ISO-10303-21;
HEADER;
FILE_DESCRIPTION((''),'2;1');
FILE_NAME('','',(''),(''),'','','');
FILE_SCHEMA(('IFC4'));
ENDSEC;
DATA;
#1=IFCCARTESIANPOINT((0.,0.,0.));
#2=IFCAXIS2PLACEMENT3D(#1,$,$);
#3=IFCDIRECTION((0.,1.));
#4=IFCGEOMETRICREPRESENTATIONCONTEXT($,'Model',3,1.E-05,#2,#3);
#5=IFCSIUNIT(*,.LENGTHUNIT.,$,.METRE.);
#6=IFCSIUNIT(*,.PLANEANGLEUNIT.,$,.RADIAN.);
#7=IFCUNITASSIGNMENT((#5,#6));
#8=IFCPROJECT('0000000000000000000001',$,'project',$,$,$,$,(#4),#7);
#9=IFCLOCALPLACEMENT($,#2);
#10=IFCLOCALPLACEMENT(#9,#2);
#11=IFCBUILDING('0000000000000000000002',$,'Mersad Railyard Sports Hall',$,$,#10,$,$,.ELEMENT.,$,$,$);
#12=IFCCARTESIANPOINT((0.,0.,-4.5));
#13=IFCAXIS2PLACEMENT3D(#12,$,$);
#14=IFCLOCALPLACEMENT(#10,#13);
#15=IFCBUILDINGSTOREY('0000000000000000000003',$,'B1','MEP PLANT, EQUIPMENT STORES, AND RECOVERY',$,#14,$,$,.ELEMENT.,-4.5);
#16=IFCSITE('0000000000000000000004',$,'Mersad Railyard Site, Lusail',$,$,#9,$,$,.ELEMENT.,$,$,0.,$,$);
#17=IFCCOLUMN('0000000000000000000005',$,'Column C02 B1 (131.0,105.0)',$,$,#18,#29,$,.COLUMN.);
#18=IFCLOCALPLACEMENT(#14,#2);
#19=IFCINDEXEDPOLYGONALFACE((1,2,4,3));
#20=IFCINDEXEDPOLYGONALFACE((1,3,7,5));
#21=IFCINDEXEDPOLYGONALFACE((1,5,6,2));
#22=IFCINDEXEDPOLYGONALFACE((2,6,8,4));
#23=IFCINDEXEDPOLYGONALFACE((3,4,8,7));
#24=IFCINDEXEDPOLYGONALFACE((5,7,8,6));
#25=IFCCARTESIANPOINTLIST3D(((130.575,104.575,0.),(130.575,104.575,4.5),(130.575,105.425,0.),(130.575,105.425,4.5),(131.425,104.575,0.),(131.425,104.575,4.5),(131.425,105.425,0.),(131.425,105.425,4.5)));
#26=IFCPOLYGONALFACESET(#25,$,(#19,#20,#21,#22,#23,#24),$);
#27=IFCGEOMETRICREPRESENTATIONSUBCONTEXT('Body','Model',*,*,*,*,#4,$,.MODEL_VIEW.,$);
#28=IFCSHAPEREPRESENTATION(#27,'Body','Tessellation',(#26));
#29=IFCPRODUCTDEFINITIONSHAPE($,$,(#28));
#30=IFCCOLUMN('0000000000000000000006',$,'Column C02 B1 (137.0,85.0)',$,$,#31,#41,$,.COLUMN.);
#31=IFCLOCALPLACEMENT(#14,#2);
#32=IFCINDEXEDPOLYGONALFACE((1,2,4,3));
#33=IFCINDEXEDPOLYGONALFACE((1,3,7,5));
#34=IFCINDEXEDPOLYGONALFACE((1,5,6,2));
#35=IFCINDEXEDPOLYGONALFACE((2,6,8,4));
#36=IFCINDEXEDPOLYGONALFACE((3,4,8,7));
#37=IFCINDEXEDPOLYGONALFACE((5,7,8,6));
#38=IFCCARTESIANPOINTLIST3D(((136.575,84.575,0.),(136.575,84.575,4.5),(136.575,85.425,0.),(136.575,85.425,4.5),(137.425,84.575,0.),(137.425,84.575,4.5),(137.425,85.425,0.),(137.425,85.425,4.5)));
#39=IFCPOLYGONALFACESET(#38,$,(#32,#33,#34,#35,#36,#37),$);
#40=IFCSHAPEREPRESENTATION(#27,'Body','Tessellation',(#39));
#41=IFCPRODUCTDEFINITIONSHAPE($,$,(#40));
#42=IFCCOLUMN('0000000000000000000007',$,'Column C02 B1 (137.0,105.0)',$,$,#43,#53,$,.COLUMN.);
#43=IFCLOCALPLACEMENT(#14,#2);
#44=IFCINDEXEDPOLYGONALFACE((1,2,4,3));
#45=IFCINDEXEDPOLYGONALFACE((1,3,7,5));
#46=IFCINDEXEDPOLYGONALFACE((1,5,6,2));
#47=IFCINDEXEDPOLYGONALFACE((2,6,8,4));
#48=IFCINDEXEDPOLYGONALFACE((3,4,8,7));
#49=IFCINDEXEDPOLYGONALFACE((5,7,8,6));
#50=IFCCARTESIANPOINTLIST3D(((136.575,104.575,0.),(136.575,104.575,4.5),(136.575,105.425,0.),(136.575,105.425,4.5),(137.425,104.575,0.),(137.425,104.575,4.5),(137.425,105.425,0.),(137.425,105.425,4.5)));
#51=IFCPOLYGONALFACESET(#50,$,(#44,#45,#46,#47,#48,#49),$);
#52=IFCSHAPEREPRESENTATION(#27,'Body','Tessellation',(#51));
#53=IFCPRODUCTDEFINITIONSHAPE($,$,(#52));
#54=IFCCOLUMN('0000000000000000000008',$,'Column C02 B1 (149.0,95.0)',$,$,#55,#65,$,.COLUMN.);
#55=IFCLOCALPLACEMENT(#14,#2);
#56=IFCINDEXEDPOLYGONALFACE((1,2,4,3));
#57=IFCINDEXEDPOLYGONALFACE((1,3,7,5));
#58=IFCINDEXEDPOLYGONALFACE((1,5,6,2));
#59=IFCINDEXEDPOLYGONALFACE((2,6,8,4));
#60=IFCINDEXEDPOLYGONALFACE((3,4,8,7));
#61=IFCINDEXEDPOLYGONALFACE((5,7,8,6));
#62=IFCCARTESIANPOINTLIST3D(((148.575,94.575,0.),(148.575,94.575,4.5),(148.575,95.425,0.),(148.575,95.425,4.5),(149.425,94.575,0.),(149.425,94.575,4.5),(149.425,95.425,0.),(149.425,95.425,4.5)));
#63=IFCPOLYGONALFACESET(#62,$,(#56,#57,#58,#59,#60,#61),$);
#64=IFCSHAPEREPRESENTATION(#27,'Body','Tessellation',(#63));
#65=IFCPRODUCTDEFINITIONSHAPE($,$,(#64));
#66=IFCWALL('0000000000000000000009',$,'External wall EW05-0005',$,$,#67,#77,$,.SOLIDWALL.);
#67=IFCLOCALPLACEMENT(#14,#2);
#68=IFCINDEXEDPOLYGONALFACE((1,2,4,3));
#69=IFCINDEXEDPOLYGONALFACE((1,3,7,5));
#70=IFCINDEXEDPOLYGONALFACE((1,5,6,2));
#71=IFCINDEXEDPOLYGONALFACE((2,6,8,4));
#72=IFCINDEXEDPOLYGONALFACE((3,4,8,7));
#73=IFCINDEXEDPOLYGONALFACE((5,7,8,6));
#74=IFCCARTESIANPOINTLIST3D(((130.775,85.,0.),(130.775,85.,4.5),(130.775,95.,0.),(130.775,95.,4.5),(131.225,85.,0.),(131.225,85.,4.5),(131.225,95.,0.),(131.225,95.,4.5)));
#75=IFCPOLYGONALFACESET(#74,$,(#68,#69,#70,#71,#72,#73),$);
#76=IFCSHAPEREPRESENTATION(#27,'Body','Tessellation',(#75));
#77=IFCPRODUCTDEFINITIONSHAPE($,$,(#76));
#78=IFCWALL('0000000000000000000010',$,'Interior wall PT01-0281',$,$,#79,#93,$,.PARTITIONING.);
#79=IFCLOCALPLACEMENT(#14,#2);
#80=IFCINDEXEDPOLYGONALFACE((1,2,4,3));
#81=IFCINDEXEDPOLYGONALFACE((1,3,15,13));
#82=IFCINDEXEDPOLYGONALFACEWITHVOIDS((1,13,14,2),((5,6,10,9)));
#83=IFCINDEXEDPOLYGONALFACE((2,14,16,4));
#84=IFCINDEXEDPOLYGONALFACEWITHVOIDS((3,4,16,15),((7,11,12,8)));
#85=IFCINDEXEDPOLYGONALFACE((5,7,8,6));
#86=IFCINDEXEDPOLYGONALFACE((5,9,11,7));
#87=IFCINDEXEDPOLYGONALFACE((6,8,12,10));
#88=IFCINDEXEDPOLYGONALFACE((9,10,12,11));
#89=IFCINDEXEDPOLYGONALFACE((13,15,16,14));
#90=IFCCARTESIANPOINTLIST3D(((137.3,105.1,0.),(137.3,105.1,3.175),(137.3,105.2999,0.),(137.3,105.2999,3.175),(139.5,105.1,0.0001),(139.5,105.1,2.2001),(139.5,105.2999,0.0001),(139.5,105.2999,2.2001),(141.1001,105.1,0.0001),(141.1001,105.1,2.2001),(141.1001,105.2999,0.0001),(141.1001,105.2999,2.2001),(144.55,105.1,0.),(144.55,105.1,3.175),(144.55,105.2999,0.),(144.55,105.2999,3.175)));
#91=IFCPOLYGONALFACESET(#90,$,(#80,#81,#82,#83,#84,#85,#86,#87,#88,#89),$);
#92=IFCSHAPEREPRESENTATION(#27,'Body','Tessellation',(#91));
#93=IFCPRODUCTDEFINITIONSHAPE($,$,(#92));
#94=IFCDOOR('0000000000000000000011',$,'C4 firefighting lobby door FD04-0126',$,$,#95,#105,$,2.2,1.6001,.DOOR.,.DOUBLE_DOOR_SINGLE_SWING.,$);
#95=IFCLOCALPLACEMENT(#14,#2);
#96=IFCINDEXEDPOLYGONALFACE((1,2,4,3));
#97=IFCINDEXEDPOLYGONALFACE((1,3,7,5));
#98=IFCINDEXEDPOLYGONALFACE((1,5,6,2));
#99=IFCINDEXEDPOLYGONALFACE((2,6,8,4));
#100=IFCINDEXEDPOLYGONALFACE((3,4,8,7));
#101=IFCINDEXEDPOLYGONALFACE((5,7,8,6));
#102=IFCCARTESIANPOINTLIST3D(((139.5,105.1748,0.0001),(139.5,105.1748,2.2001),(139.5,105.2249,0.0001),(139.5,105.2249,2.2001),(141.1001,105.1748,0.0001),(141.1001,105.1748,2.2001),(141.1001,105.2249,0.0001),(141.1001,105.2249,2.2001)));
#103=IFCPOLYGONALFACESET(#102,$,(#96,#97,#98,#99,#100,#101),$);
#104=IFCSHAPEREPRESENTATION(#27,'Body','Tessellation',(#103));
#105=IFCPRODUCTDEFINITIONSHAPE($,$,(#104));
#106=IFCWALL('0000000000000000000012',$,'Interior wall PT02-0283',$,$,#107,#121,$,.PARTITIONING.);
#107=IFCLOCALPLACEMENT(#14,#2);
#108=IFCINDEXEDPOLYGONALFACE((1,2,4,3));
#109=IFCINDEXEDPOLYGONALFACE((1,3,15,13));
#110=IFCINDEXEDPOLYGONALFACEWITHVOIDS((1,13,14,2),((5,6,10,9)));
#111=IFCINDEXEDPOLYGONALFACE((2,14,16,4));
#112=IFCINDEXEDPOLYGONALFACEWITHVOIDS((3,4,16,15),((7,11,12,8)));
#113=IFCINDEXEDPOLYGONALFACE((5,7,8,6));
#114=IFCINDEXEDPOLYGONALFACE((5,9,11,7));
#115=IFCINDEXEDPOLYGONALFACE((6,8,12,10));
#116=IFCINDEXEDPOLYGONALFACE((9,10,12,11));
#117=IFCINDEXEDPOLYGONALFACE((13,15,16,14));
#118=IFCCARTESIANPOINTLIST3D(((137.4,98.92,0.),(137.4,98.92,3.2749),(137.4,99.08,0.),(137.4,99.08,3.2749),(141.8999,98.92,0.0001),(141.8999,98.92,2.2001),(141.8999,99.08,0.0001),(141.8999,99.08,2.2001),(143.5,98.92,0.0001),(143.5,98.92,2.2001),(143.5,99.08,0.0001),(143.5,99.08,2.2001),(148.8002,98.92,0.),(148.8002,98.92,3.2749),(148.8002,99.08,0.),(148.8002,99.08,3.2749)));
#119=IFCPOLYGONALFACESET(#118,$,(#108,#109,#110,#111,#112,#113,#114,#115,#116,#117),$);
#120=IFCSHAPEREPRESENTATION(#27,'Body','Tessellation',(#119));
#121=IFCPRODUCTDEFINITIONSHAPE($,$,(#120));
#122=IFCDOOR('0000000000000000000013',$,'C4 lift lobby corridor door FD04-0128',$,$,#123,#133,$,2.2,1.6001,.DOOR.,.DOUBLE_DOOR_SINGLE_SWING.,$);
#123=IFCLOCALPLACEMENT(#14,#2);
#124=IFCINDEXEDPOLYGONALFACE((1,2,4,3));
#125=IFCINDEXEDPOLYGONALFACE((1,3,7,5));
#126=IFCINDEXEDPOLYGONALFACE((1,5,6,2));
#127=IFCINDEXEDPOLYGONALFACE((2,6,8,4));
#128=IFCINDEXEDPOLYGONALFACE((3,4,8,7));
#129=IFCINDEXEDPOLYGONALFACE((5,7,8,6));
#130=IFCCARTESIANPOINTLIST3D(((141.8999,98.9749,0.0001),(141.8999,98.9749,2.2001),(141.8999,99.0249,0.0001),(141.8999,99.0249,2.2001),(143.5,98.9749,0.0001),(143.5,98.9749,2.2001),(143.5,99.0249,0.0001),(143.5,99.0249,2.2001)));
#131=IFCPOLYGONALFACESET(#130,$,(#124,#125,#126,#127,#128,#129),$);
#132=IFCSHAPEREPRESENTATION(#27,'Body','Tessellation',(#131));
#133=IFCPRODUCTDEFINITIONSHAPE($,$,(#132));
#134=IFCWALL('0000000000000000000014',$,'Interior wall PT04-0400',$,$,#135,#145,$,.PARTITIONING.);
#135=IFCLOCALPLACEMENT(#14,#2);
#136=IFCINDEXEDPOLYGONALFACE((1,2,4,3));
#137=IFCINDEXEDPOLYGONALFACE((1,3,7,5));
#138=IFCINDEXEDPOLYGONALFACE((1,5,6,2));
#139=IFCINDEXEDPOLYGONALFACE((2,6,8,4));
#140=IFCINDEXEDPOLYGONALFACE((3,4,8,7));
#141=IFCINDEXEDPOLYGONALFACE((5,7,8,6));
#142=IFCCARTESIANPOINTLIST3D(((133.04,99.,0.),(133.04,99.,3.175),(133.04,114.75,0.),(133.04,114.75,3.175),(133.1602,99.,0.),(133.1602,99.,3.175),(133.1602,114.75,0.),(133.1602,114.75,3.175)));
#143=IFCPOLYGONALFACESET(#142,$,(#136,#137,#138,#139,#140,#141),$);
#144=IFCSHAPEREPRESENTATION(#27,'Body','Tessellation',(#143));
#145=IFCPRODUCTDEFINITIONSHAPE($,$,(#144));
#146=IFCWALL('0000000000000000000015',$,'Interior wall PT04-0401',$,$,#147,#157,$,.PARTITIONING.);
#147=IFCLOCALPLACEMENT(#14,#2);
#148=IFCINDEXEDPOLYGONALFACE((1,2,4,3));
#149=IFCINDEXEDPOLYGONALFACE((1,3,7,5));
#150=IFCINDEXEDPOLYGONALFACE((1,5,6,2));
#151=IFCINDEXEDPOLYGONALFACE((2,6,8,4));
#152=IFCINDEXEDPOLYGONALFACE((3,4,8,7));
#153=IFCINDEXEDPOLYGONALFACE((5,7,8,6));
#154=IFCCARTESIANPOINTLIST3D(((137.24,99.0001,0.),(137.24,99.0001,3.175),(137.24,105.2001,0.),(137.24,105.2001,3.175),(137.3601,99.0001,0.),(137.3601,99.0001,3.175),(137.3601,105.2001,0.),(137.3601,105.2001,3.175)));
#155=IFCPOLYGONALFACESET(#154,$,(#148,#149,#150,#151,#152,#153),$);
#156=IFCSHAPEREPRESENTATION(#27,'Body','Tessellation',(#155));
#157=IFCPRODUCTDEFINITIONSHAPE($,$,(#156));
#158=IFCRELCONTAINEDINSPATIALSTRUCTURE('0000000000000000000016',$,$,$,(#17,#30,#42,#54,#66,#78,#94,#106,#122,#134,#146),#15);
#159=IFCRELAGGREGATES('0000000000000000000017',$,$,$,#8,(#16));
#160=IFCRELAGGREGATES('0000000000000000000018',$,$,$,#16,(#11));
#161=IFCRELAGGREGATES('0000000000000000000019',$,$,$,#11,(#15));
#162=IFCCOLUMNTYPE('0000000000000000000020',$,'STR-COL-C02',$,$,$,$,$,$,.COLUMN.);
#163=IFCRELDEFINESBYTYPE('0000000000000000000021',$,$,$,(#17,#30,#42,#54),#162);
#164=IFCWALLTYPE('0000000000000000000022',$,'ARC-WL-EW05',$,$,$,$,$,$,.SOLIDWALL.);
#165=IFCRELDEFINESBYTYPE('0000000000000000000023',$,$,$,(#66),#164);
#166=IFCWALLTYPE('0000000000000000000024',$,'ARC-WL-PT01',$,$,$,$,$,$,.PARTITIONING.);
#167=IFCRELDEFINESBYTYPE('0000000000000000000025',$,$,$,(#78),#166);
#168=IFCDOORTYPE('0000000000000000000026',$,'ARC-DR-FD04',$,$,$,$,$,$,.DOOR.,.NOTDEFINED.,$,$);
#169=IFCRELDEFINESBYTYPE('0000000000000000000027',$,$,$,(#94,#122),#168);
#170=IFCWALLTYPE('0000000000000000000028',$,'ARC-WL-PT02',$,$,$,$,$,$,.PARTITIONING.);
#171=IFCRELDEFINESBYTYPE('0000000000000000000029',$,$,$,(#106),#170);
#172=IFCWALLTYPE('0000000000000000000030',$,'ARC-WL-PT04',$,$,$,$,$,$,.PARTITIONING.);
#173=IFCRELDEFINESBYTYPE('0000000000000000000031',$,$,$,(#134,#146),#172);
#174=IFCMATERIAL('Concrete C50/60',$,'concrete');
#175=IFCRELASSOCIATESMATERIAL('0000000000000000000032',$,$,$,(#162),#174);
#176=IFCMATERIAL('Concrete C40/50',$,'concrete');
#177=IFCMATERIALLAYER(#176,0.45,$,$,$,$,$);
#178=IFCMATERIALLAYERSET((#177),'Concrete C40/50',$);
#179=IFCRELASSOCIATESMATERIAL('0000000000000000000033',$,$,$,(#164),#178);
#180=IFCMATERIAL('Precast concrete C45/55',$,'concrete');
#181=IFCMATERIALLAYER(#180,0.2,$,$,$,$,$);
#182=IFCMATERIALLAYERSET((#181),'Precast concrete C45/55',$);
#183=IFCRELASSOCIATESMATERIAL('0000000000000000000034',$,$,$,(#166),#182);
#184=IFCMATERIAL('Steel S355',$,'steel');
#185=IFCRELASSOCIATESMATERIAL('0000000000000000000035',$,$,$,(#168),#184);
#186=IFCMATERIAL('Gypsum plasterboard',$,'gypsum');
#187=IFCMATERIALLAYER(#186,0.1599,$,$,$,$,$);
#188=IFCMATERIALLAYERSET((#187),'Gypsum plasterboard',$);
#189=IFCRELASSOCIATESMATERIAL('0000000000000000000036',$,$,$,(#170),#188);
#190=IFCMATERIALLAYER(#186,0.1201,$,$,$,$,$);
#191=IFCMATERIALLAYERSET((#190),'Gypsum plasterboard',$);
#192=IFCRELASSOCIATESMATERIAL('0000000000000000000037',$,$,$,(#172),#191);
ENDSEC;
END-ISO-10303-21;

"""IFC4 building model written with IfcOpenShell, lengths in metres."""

from ifc_helpers import new_model, si_unit, direction, frame, frame_2d, origin, origin_2d, place, context, subcontext, project, spatial, rectangle, extrude, material, layer, layer_set, material_profile, profile_set, type_object, element, fill, save


model = new_model("IFC4")

# Units and contexts
model_context = context("Model", 3, precision=1e-05, world=origin(), true_north=direction((0.0, 1.0)))
body_context = subcontext(model_context, "Body", "Model", "MODEL_VIEW")
ifc_project = project(units=[si_unit("LENGTHUNIT", "METRE"), si_unit("PLANEANGLEUNIT", "RADIAN")], contexts=[model_context])

# Site, building, storey
site_placement = place(None, origin())
site = spatial("IfcSite", under=ifc_project, at=site_placement, Name="Mersad Railyard Site, Lusail", CompositionType="ELEMENT", RefElevation=0.0)
building_placement = place(site_placement, origin())
building = spatial("IfcBuilding", under=site, at=building_placement, Name="Mersad Railyard Sports Hall", CompositionType="ELEMENT")
storey_placement = place(building_placement, frame((0.0, 0.0, -4.5)))
storey = spatial("IfcBuildingStorey", under=building, at=storey_placement, Name="B1", Description="MEP PLANT, EQUIPMENT STORES, AND RECOVERY", CompositionType="ELEMENT", Elevation=-4.5)

# Shared definitions
ifc_material_1 = material(Name="Concrete C40/50", Category="concrete")

# Columns
ifc_material_2 = material(Name="Concrete C50/60", Category="concrete")
ifc_material_profile_1 = material_profile(ifc_material_2, rectangle(XDim=0.8501, YDim=0.8501, at=origin_2d()), Name="RC 850x850")
ifc_profile_set_1 = profile_set([ifc_material_profile_1], Name="Concrete C50/60")
column_type_1 = type_object("IfcColumnType", Name="STR-COL-C02", PredefinedType="COLUMN", material=ifc_profile_set_1)
for number, where, z_axis, x_axis, name in (
    (1, (131.0, 105.0, 0.0), (0.0, 0.0, 1.0), (1.0, 0.0, 0.0), "Column C02 B1 (131.0,105.0)"),
    (2, (137.0, 85.0, 0.0), (0.0, 0.0, 1.0), (1.0, 0.0, 0.0), "Column C02 B1 (137.0,85.0)"),
    (3, (137.0, 105.0, 0.0), (0.0, 0.0, 1.0), (1.0, 0.0, 0.0), "Column C02 B1 (137.0,105.0)"),
    (4, (149.0, 95.0, 0.0), (0.0, 0.0, 1.0), (1.0, 0.0, 0.0), "Column C02 B1 (149.0,95.0)"),
):
    element("IfcColumn", number, at=place(storey_placement, frame(where, z_axis=z_axis, x_axis=x_axis)), inside=storey, type_object=column_type_1, Name=name, PredefinedType="COLUMN", context=body_context, shape_type="SweptSolid", body=[
        extrude(rectangle(XDim=0.8501, YDim=0.8501, at=origin_2d()), origin(), (0.0, 0.0, 1.0), 4.5),
    ])

# Wall
ifc_layer_1 = layer(ifc_material_1, 0.45)
ifc_layer_set_1 = layer_set([ifc_layer_1], Name="Concrete C40/50")
wall_type_1 = type_object("IfcWallType", Name="ARC-WL-EW05", PredefinedType="SOLIDWALL", material=ifc_layer_set_1)
wall_1_placement = place(storey_placement, frame((131.0, 95.0, 0.0), z_axis=(0.0, 0.0, 1.0), x_axis=(0.0, -1.0, 0.0)))
element("IfcWall", 5, at=wall_1_placement, inside=storey, type_object=wall_type_1, Name="External wall EW05-0005", PredefinedType="SOLIDWALL", context=body_context, shape_type="SweptSolid", body=[
    extrude(rectangle(XDim=10.0, YDim=0.45, at=frame_2d((5.0, 0.0))), origin(), (0.0, 0.0, 1.0), 4.5),
])
ifc_material_3 = material(Name="Precast concrete C45/55", Category="concrete")
ifc_layer_2 = layer(ifc_material_3, 0.2)
ifc_layer_set_2 = layer_set([ifc_layer_2], Name="Precast concrete C45/55")
wall_type_2 = type_object("IfcWallType", Name="ARC-WL-PT01", PredefinedType="PARTITIONING", material=ifc_layer_set_2)

# Walls, openings, doors
wall_2_placement = place(storey_placement, frame((137.3, 105.2, 0.0), z_axis=(0.0, 0.0, 1.0), x_axis=(1.0, 0.0, 0.0)))
wall_2 = element("IfcWall", 6, at=wall_2_placement, inside=storey, type_object=wall_type_2, Name="Interior wall PT01-0281", PredefinedType="PARTITIONING", context=body_context, shape_type="SweptSolid", body=[
    extrude(rectangle(XDim=7.25, YDim=0.2, at=frame_2d((3.625, 0.0))), origin(), (0.0, 0.0, 1.0), 3.175),
])
opening_1_placement = place(wall_2_placement, frame((2.2, 0.0, 0.0)))
opening_1 = element("IfcOpeningElement", 7, at=opening_1_placement, cuts=wall_2, PredefinedType="OPENING", context=body_context, shape_type="SweptSolid", body=[
    extrude(rectangle(XDim=1.6001, YDim=2.2, at=frame_2d((0.8, 1.1001))), frame((0.0, 0.1099, 0.0), z_axis=(0.0, -1.0, 0.0), x_axis=(1.0, 0.0, 0.0)), (0.0, 0.0, 1.0), 0.22),
])
ifc_material_4 = material(Name="Steel S355", Category="steel")
door_type_1 = type_object("IfcDoorType", Name="ARC-DR-FD04", OperationType="NOTDEFINED", PredefinedType="DOOR", material=ifc_material_4)
door_1_placement = place(opening_1_placement, origin())
door_1 = element("IfcDoor", 8, at=door_1_placement, inside=storey, type_object=door_type_1, Name="C4 firefighting lobby door FD04-0126", OperationType="DOUBLE_DOOR_SINGLE_SWING", OverallHeight=2.2, OverallWidth=1.6001, PredefinedType="DOOR", context=body_context, shape_type="SweptSolid", body=[
    extrude(rectangle(XDim=1.6001, YDim=2.2, at=frame_2d((0.8, 1.1001))), frame((0.0, 0.0249, 0.0), z_axis=(0.0, -1.0, 0.0), x_axis=(1.0, 0.0, 0.0)), (0.0, 0.0, 1.0), 0.05),
])
fill(opening_1, door_1)
ifc_material_5 = material(Name="Gypsum plasterboard", Category="gypsum")
ifc_layer_3 = layer(ifc_material_5, 0.1599)
ifc_layer_set_3 = layer_set([ifc_layer_3], Name="Gypsum plasterboard")
wall_type_3 = type_object("IfcWallType", Name="ARC-WL-PT02", PredefinedType="PARTITIONING", material=ifc_layer_set_3)
wall_3_placement = place(storey_placement, frame((137.3999, 99.0, 0.0), z_axis=(0.0, 0.0, 1.0), x_axis=(1.0, 0.0, 0.0)))
wall_3 = element("IfcWall", 9, at=wall_3_placement, inside=storey, type_object=wall_type_3, Name="Interior wall PT02-0283", PredefinedType="PARTITIONING", context=body_context, shape_type="SweptSolid", body=[
    extrude(rectangle(XDim=11.4001, YDim=0.1599, at=frame_2d((5.7002, 0.0))), origin(), (0.0, 0.0, 1.0), 3.2749),
])
opening_2_placement = place(wall_3_placement, frame((4.5, 0.0, 0.0)))
opening_2 = element("IfcOpeningElement", 10, at=opening_2_placement, cuts=wall_3, PredefinedType="OPENING", context=body_context, shape_type="SweptSolid", body=[
    extrude(rectangle(XDim=1.6001, YDim=2.2, at=frame_2d((0.8, 1.1001))), frame((0.0, 0.0898, 0.0), z_axis=(0.0, -1.0, 0.0), x_axis=(1.0, 0.0, 0.0)), (0.0, 0.0, 1.0), 0.1799),
])
door_2_placement = place(opening_2_placement, origin())
door_2 = element("IfcDoor", 11, at=door_2_placement, inside=storey, type_object=door_type_1, Name="C4 lift lobby corridor door FD04-0128", OperationType="DOUBLE_DOOR_SINGLE_SWING", OverallHeight=2.2, OverallWidth=1.6001, PredefinedType="DOOR", context=body_context, shape_type="SweptSolid", body=[
    extrude(rectangle(XDim=1.6001, YDim=2.2, at=frame_2d((0.8, 1.1001))), frame((0.0, 0.0249, 0.0), z_axis=(0.0, -1.0, 0.0), x_axis=(1.0, 0.0, 0.0)), (0.0, 0.0, 1.0), 0.05),
])
fill(opening_2, door_2)

# Walls
ifc_layer_4 = layer(ifc_material_5, 0.1201)
ifc_layer_set_4 = layer_set([ifc_layer_4], Name="Gypsum plasterboard")
wall_type_4 = type_object("IfcWallType", Name="ARC-WL-PT04", PredefinedType="PARTITIONING", material=ifc_layer_set_4)
wall_4_placement = place(storey_placement, frame((133.1001, 99.0, 0.0), z_axis=(0.0, 0.0, 1.0), x_axis=(0.0, 1.0, 0.0)))
element("IfcWall", 12, at=wall_4_placement, inside=storey, type_object=wall_type_4, Name="Interior wall PT04-0400", PredefinedType="PARTITIONING", context=body_context, shape_type="SweptSolid", body=[
    extrude(rectangle(XDim=15.75, YDim=0.1201, at=frame_2d((7.875, 0.0))), origin(), (0.0, 0.0, 1.0), 3.175),
])
wall_5_placement = place(storey_placement, frame((137.3, 99.0, 0.0), z_axis=(0.0, 0.0, 1.0), x_axis=(0.0, 1.0, 0.0)))
element("IfcWall", 13, at=wall_5_placement, inside=storey, type_object=wall_type_4, Name="Interior wall PT04-0401", PredefinedType="PARTITIONING", context=body_context, shape_type="SweptSolid", body=[
    extrude(rectangle(XDim=6.2, YDim=0.1201, at=frame_2d((3.1001, 0.0))), origin(), (0.0, 0.0, 1.0), 3.175),
])

save(model, "model.ifc")
